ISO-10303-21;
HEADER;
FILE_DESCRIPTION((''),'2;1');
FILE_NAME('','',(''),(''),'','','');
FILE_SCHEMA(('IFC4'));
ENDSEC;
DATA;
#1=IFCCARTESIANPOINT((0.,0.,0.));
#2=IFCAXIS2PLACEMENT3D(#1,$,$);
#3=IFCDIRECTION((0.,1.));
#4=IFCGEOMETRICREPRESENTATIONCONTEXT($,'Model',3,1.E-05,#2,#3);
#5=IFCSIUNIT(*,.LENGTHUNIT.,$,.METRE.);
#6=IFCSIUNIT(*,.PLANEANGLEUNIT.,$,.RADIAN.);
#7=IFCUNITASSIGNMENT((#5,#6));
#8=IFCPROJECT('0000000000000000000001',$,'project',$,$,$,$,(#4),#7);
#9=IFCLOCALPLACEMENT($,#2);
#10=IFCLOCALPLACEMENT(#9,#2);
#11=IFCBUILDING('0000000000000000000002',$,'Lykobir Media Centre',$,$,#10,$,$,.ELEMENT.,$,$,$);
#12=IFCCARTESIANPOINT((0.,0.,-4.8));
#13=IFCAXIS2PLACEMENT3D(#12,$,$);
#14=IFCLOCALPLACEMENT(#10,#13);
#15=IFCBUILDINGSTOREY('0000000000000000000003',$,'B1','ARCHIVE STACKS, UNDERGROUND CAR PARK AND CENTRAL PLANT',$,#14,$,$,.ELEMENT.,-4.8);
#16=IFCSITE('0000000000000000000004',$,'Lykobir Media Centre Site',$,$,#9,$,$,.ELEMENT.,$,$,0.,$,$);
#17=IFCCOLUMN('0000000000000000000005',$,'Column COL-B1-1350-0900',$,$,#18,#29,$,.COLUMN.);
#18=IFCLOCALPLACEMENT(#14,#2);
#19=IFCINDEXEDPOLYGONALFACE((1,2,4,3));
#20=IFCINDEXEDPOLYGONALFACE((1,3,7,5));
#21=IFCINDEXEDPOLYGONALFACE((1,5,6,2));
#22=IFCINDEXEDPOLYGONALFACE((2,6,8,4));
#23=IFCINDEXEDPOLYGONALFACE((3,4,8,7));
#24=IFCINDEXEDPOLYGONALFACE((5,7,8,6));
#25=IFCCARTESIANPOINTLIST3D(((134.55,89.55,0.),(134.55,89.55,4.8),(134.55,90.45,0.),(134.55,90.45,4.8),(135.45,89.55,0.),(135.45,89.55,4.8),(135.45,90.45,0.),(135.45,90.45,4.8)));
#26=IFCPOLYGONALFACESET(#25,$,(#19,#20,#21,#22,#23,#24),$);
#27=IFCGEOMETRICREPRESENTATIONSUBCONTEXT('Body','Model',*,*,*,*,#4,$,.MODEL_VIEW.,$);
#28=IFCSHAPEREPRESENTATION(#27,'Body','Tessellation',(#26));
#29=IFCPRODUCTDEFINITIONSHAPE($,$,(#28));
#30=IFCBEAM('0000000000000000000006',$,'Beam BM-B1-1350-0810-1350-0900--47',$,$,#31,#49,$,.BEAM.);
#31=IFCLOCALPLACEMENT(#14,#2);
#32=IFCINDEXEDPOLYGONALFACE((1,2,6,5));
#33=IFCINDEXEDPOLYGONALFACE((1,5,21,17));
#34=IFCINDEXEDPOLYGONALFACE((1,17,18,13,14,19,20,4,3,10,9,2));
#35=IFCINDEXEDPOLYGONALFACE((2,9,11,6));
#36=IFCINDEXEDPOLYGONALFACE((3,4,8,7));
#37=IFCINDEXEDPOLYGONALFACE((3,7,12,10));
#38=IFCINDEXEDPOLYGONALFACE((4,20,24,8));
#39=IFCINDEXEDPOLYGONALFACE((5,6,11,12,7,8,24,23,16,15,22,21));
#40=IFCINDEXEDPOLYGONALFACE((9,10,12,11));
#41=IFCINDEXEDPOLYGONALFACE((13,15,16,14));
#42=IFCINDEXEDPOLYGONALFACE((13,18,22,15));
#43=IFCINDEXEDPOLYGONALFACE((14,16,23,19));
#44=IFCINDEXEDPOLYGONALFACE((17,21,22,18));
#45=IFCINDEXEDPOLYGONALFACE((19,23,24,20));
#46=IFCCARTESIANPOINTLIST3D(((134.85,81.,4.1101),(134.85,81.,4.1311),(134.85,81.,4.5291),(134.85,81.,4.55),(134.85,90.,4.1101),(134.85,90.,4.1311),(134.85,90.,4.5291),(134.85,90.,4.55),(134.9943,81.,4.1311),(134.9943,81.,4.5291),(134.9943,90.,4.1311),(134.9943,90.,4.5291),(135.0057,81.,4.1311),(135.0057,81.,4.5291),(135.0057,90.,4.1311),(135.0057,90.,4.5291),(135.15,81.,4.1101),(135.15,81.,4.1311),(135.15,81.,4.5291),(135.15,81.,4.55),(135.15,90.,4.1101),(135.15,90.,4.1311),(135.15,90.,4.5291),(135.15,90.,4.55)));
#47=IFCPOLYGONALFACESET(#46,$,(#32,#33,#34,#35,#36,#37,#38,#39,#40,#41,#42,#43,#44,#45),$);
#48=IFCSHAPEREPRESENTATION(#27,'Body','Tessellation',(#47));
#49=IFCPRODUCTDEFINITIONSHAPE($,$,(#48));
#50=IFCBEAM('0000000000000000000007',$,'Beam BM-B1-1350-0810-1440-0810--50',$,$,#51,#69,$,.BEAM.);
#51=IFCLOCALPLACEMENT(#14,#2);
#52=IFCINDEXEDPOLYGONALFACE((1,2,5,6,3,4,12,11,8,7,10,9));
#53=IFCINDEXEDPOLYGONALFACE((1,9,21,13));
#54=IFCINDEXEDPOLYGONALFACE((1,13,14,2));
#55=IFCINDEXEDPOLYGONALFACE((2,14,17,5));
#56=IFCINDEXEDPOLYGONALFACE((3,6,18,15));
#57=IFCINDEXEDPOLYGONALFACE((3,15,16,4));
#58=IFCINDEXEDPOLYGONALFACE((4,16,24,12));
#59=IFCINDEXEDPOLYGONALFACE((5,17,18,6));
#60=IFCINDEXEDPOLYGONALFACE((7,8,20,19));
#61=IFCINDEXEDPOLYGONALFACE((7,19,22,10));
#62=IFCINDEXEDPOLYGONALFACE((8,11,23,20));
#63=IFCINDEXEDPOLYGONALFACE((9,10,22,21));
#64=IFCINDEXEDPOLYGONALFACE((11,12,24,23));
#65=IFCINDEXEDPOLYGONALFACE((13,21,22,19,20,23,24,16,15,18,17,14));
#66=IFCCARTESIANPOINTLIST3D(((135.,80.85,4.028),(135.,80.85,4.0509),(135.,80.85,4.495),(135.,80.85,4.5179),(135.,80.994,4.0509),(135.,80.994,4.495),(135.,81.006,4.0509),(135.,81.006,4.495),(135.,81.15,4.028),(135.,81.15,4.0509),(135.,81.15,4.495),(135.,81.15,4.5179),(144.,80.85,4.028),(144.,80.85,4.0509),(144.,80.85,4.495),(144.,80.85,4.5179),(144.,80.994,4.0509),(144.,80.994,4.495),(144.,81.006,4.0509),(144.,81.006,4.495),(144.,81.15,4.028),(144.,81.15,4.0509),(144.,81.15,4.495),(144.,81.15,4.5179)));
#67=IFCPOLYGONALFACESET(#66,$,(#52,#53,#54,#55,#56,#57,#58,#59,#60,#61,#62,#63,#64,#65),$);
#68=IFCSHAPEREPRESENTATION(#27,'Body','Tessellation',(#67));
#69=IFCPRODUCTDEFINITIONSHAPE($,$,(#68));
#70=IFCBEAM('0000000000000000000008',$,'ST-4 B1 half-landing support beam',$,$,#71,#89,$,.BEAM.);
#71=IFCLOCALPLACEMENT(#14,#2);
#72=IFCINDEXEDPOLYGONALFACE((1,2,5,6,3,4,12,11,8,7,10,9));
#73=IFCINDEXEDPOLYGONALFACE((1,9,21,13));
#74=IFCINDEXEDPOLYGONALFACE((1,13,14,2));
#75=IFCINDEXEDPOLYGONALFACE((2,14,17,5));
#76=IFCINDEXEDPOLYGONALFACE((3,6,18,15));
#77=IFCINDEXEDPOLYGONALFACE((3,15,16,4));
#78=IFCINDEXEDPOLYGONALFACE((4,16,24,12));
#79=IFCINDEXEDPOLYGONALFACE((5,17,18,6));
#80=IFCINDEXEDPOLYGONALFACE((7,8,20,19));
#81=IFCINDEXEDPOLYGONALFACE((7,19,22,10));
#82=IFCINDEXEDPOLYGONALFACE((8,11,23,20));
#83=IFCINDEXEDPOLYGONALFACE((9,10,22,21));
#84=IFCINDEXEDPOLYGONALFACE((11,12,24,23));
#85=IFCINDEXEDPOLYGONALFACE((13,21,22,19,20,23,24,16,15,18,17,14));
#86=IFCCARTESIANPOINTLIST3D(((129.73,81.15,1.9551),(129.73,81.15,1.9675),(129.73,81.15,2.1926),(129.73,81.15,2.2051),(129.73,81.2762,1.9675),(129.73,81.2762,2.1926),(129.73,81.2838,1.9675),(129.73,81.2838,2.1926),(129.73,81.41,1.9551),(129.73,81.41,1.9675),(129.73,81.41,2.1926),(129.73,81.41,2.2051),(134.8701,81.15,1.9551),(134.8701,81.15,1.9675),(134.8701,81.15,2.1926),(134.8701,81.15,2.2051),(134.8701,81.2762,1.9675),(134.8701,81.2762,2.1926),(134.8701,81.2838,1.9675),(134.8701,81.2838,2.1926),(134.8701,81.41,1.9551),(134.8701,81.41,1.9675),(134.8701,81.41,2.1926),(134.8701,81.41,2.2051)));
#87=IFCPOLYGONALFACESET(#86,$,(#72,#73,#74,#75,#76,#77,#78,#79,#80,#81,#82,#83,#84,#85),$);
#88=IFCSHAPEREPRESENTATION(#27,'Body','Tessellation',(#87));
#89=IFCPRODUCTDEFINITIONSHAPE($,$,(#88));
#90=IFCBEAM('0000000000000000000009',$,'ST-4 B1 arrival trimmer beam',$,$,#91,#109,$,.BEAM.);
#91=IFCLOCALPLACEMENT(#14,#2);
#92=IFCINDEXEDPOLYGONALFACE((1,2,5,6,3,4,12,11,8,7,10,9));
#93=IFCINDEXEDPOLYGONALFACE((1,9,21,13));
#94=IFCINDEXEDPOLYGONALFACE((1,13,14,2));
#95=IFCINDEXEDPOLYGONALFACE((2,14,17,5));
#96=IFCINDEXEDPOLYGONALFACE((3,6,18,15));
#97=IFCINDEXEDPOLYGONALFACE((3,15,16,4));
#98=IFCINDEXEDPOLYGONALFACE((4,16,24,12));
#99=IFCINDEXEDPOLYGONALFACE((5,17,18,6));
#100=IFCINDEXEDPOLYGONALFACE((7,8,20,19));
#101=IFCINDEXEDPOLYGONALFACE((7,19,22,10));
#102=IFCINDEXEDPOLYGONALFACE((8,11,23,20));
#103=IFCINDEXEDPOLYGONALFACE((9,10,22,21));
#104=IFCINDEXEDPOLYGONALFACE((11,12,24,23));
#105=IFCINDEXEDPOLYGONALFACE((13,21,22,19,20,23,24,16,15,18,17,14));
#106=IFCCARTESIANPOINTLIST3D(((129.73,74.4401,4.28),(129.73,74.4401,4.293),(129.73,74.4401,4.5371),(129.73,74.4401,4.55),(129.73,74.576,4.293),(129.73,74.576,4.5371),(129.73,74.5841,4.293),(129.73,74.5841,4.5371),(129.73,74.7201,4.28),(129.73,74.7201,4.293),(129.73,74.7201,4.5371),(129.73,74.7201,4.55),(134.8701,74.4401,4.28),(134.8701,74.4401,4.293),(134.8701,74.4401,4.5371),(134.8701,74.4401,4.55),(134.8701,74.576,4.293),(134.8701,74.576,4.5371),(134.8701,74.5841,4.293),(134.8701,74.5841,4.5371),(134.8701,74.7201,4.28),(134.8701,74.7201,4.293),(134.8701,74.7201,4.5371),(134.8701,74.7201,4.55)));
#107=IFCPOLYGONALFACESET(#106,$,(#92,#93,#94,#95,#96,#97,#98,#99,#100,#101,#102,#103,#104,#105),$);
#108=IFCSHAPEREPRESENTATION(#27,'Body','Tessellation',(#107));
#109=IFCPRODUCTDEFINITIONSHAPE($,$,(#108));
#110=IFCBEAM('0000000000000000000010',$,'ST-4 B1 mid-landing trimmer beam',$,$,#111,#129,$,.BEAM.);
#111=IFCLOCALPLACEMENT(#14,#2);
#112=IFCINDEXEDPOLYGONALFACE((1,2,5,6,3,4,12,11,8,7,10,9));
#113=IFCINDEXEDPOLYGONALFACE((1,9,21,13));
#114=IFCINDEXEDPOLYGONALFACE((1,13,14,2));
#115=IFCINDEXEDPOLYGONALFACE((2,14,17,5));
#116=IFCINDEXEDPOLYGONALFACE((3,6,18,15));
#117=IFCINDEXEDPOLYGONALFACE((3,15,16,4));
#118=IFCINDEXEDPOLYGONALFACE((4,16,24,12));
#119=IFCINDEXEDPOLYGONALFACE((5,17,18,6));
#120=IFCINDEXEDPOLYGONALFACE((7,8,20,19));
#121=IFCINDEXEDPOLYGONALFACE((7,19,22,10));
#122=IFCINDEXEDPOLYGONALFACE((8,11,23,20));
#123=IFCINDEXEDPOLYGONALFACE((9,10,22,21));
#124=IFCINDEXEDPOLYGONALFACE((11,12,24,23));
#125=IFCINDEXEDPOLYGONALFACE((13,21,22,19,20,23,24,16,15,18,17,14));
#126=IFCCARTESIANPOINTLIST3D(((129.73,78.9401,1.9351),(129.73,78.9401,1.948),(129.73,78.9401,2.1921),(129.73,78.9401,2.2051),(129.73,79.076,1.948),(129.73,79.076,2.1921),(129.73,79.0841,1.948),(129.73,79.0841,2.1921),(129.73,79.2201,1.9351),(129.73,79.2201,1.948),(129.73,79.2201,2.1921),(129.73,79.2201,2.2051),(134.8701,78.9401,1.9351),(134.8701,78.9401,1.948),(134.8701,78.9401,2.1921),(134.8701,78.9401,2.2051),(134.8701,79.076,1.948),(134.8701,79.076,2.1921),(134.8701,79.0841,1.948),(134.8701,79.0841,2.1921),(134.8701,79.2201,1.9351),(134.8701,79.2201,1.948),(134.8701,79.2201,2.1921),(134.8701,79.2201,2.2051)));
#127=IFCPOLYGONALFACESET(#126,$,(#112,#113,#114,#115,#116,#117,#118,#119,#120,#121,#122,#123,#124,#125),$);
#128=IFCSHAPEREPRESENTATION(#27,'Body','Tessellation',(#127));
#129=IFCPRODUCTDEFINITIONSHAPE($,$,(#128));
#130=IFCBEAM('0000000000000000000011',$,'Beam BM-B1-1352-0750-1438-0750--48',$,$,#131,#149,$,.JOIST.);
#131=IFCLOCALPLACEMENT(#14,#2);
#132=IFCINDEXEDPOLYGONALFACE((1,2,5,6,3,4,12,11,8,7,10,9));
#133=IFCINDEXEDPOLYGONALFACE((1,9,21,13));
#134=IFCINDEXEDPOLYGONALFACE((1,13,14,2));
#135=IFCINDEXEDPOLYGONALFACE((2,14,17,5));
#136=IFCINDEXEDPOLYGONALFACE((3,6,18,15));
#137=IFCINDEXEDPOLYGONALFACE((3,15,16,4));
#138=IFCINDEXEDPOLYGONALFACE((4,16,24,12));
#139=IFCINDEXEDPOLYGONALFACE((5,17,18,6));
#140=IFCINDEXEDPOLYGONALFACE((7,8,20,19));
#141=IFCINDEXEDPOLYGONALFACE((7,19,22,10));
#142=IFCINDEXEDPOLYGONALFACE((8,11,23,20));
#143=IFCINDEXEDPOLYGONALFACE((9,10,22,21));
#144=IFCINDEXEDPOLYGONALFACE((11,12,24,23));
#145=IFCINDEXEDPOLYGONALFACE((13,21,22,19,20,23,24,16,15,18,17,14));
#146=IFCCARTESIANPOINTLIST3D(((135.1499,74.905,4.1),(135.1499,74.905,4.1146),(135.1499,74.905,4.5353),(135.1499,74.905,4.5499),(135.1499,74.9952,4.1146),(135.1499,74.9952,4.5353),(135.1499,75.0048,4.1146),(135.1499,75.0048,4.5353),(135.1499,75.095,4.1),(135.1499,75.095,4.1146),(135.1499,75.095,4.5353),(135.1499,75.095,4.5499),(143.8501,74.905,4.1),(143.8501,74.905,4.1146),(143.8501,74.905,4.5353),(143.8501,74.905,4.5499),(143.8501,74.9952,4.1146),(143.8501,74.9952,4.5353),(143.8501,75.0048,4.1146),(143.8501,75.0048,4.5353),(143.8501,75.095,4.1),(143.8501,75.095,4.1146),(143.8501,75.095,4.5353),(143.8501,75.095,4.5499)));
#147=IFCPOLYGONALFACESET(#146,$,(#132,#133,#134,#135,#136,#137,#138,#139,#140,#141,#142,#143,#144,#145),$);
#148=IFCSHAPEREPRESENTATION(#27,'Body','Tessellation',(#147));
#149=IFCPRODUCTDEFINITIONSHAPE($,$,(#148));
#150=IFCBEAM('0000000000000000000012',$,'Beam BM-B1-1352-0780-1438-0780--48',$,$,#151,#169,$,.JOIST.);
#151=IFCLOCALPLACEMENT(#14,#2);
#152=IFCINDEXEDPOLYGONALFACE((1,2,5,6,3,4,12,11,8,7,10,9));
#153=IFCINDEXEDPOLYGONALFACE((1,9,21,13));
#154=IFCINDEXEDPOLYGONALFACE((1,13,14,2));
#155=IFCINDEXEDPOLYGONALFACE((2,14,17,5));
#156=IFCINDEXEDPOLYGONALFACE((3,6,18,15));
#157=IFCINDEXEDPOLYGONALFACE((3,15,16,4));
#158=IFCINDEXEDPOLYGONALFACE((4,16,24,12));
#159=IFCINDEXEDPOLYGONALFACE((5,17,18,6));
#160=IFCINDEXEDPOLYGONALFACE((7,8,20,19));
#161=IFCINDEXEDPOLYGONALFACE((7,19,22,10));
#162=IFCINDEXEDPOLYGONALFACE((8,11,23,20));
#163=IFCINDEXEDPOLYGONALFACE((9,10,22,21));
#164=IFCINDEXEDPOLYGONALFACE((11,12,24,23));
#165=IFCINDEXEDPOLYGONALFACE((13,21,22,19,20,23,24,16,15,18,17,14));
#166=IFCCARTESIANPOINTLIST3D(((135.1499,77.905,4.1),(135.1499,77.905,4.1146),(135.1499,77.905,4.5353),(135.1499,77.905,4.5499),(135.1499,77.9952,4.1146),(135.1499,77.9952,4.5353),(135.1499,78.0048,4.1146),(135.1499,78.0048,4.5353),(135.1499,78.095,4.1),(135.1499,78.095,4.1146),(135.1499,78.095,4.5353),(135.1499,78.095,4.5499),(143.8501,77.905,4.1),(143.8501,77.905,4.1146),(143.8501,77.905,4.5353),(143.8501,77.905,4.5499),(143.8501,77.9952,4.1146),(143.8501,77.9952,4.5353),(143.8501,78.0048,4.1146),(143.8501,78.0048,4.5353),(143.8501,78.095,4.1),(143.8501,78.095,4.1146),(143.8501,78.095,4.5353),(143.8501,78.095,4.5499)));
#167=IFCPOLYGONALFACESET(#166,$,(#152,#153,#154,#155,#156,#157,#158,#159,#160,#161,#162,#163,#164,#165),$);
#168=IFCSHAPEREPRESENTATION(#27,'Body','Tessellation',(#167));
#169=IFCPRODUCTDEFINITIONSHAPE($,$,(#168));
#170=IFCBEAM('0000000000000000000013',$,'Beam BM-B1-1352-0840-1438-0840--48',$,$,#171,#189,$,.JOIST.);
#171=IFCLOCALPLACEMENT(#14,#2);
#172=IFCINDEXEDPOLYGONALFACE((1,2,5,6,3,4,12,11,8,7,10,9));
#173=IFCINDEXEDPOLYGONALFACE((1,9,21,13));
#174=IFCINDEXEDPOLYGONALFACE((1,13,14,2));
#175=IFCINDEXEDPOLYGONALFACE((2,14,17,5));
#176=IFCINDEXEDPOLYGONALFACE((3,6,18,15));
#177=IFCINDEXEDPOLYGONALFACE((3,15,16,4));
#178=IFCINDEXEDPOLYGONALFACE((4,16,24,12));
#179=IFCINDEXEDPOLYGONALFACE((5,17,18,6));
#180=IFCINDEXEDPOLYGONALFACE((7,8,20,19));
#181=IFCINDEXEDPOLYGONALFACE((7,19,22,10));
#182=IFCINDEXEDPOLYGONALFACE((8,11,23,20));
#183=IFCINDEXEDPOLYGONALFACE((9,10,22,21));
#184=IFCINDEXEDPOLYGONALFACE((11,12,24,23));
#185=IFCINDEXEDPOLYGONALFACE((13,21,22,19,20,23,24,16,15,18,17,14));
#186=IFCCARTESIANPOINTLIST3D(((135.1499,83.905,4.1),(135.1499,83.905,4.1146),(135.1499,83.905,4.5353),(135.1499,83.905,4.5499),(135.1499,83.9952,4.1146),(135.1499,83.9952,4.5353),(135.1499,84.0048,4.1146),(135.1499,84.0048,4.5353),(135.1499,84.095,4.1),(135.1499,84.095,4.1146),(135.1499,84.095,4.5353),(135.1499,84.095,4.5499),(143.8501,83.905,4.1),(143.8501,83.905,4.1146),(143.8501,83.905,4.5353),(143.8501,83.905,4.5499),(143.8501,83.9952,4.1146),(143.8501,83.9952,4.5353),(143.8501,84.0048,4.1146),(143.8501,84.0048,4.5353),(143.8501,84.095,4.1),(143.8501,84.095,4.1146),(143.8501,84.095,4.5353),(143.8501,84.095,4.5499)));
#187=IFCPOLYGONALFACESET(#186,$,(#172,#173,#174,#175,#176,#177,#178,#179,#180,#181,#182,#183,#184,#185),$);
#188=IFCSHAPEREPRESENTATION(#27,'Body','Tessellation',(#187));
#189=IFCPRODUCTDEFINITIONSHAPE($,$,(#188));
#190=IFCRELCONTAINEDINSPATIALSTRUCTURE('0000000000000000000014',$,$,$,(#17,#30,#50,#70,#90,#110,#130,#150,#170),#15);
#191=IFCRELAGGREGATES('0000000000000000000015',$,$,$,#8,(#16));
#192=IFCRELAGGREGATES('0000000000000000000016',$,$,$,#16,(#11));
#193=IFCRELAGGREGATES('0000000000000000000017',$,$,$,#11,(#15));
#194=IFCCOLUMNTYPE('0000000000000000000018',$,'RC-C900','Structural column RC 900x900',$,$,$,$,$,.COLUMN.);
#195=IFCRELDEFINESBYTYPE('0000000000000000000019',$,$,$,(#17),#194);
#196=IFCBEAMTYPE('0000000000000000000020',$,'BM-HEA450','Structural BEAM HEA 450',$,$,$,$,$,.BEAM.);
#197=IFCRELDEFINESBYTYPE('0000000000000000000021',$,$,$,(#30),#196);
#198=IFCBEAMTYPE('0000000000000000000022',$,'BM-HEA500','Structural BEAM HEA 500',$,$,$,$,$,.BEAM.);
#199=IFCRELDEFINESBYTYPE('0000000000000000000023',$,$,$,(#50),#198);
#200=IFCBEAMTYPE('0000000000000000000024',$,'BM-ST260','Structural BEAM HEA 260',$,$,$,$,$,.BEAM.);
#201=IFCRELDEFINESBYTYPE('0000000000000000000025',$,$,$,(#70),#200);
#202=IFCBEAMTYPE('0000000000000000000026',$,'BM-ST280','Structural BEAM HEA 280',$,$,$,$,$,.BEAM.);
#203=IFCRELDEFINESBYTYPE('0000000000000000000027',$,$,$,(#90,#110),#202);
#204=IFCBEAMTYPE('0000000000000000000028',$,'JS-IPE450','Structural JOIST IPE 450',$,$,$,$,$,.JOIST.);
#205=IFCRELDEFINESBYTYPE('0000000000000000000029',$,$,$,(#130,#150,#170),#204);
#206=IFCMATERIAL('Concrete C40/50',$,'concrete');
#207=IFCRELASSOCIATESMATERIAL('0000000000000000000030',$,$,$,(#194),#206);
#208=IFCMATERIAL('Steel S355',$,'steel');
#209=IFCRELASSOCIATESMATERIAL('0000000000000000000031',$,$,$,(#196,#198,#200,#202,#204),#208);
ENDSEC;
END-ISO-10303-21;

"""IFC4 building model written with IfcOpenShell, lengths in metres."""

from ifc_helpers import new_model, si_unit, direction, frame, origin, origin_2d, place, context, subcontext, project, spatial, rectangle, i_section, extrude, material, material_profile, profile_set, type_object, element, save


model = new_model("IFC4")

# Units and contexts
model_context = context("Model", 3, precision=1e-05, world=origin(), true_north=direction((0.0, 1.0)))
body_context = subcontext(model_context, "Body", "Model", "MODEL_VIEW")
ifc_project = project(units=[si_unit("LENGTHUNIT", "METRE"), si_unit("PLANEANGLEUNIT", "RADIAN")], contexts=[model_context])

# Site, building, storey
site_placement = place(None, origin())
site = spatial("IfcSite", under=ifc_project, at=site_placement, Name="Lykobir Media Centre Site", CompositionType="ELEMENT", RefElevation=0.0)
building_placement = place(site_placement, origin())
building = spatial("IfcBuilding", under=site, at=building_placement, Name="Lykobir Media Centre", CompositionType="ELEMENT")
storey_placement = place(building_placement, frame((0.0, 0.0, -4.8)))
storey = spatial("IfcBuildingStorey", under=building, at=storey_placement, Name="B1", Description="ARCHIVE STACKS, UNDERGROUND CAR PARK AND CENTRAL PLANT", CompositionType="ELEMENT", Elevation=-4.8)

# Column
ifc_material_1 = material(Name="Concrete C40/50", Category="concrete")
ifc_material_profile_1 = material_profile(ifc_material_1, rectangle(XDim=0.8999, YDim=0.8999, at=origin_2d()), Name="RC 900x900")
ifc_profile_set_1 = profile_set([ifc_material_profile_1], Name="Concrete C40/50")
column_type = type_object("IfcColumnType", Name="RC-C900", Description="Structural column RC 900x900", PredefinedType="COLUMN", material=ifc_profile_set_1)
for number, where, z_axis, x_axis, name in (
    (1, (135.0, 90.0, 0.0), (0.0, 0.0, 1.0), (1.0, 0.0, 0.0), "Column COL-B1-1350-0900"),
):
    element("IfcColumn", number, at=place(storey_placement, frame(where, z_axis=z_axis, x_axis=x_axis)), inside=storey, type_object=column_type, Name=name, PredefinedType="COLUMN", context=body_context, shape_type="SweptSolid", body=[
        extrude(rectangle(XDim=0.8999, YDim=0.8999, at=origin_2d()), origin(), (0.0, 0.0, 1.0), 4.8),
    ])

# Beams
ifc_material_2 = material(Name="Steel S355", Category="steel")
ifc_material_profile_2 = material_profile(ifc_material_2, i_section(OverallWidth=0.3, OverallDepth=0.4399, WebThickness=0.0115, FlangeThickness=0.021, at=origin_2d()), Name="HEA 450")
ifc_profile_set_2 = profile_set([ifc_material_profile_2], Name="Steel S355")
beam_type_1 = type_object("IfcBeamType", Name="BM-HEA450", Description="Structural BEAM HEA 450", PredefinedType="BEAM", material=ifc_profile_set_2)
beam_1_placement = place(storey_placement, frame((135.0, 81.0, 4.3301), z_axis=(0.0, 1.0, 0.0), x_axis=(-1.0, 0.0, 0.0)))
element("IfcBeam", 2, at=beam_1_placement, inside=storey, type_object=beam_type_1, Name="Beam BM-B1-1350-0810-1350-0900--47", PredefinedType="BEAM", context=body_context, shape_type="SweptSolid", body=[
    extrude(i_section(OverallWidth=0.3, OverallDepth=0.4399, WebThickness=0.0115, FlangeThickness=0.021, at=origin_2d()), origin(), (0.0, 0.0, 1.0), 9.0),
])
ifc_material_profile_3 = material_profile(ifc_material_2, i_section(OverallWidth=0.3, OverallDepth=0.49, WebThickness=0.012, FlangeThickness=0.0229, at=origin_2d()), Name="HEA 500")
ifc_profile_set_3 = profile_set([ifc_material_profile_3], Name="Steel S355")
beam_type_2 = type_object("IfcBeamType", Name="BM-HEA500", Description="Structural BEAM HEA 500", PredefinedType="BEAM", material=ifc_profile_set_3)
beam_2_placement = place(storey_placement, frame((135.0, 81.0, 4.2729), z_axis=(1.0, 0.0, 0.0), x_axis=(0.0, 1.0, 0.0)))
element("IfcBeam", 3, at=beam_2_placement, inside=storey, type_object=beam_type_2, Name="Beam BM-B1-1350-0810-1440-0810--50", PredefinedType="BEAM", context=body_context, shape_type="SweptSolid", body=[
    extrude(i_section(OverallWidth=0.3, OverallDepth=0.49, WebThickness=0.012, FlangeThickness=0.0229, at=origin_2d()), origin(), (0.0, 0.0, 1.0), 9.0),
])
ifc_material_profile_4 = material_profile(ifc_material_2, i_section(OverallWidth=0.26, OverallDepth=0.25, WebThickness=0.0076, FlangeThickness=0.0125, at=origin_2d()), Name="HEA 260")
ifc_profile_set_4 = profile_set([ifc_material_profile_4], Name="Steel S355")
beam_type_3 = type_object("IfcBeamType", Name="BM-ST260", Description="Structural BEAM HEA 260", PredefinedType="BEAM", material=ifc_profile_set_4)
beam_3_placement = place(storey_placement, frame((129.73, 81.28, 2.0801), z_axis=(1.0, 0.0, 0.0), x_axis=(0.0, 1.0, 0.0)))
element("IfcBeam", 4, at=beam_3_placement, inside=storey, type_object=beam_type_3, Name="ST-4 B1 half-landing support beam", PredefinedType="BEAM", context=body_context, shape_type="SweptSolid", body=[
    extrude(i_section(OverallWidth=0.26, OverallDepth=0.25, WebThickness=0.0076, FlangeThickness=0.0125, at=origin_2d()), origin(), (0.0, 0.0, 1.0), 5.1401),
])
ifc_material_profile_5 = material_profile(ifc_material_2, i_section(OverallWidth=0.28, OverallDepth=0.27, WebThickness=0.0081, FlangeThickness=0.0129, at=origin_2d()), Name="HEA 280")
ifc_profile_set_5 = profile_set([ifc_material_profile_5], Name="Steel S355")
beam_type_4 = type_object("IfcBeamType", Name="BM-ST280", Description="Structural BEAM HEA 280", PredefinedType="BEAM", material=ifc_profile_set_5)
for number, where, z_axis, x_axis, name in (
    (5, (129.73, 74.5801, 4.415), (1.0, 0.0, 0.0), (0.0, 1.0, 0.0), "ST-4 B1 arrival trimmer beam"),
    (6, (129.73, 79.0801, 2.0701), (1.0, 0.0, 0.0), (0.0, 1.0, 0.0), "ST-4 B1 mid-landing trimmer beam"),
):
    element("IfcBeam", number, at=place(storey_placement, frame(where, z_axis=z_axis, x_axis=x_axis)), inside=storey, type_object=beam_type_4, Name=name, PredefinedType="BEAM", context=body_context, shape_type="SweptSolid", body=[
        extrude(i_section(OverallWidth=0.28, OverallDepth=0.27, WebThickness=0.0081, FlangeThickness=0.0129, at=origin_2d()), origin(), (0.0, 0.0, 1.0), 5.1401),
    ])
ifc_material_profile_6 = material_profile(ifc_material_2, i_section(OverallWidth=0.1899, OverallDepth=0.45, WebThickness=0.0095, FlangeThickness=0.0146, at=origin_2d()), Name="IPE 450")
ifc_profile_set_6 = profile_set([ifc_material_profile_6], Name="Steel S355")
beam_type_5 = type_object("IfcBeamType", Name="JS-IPE450", Description="Structural JOIST IPE 450", PredefinedType="JOIST", material=ifc_profile_set_6)
for number, where, z_axis, x_axis, name in (
    (7, (135.1499, 75.0, 4.325), (1.0, 0.0, 0.0), (0.0, 1.0, 0.0), "Beam BM-B1-1352-0750-1438-0750--48"),
    (8, (135.1499, 78.0, 4.325), (1.0, 0.0, 0.0), (0.0, 1.0, 0.0), "Beam BM-B1-1352-0780-1438-0780--48"),
    (9, (135.1499, 84.0, 4.325), (1.0, 0.0, 0.0), (0.0, 1.0, 0.0), "Beam BM-B1-1352-0840-1438-0840--48"),
):
    element("IfcBeam", number, at=place(storey_placement, frame(where, z_axis=z_axis, x_axis=x_axis)), inside=storey, type_object=beam_type_5, Name=name, PredefinedType="JOIST", context=body_context, shape_type="SweptSolid", body=[
        extrude(i_section(OverallWidth=0.1899, OverallDepth=0.45, WebThickness=0.0095, FlangeThickness=0.0146, at=origin_2d()), origin(), (0.0, 0.0, 1.0), 8.7002),
    ])

save(model, "model.ifc")
